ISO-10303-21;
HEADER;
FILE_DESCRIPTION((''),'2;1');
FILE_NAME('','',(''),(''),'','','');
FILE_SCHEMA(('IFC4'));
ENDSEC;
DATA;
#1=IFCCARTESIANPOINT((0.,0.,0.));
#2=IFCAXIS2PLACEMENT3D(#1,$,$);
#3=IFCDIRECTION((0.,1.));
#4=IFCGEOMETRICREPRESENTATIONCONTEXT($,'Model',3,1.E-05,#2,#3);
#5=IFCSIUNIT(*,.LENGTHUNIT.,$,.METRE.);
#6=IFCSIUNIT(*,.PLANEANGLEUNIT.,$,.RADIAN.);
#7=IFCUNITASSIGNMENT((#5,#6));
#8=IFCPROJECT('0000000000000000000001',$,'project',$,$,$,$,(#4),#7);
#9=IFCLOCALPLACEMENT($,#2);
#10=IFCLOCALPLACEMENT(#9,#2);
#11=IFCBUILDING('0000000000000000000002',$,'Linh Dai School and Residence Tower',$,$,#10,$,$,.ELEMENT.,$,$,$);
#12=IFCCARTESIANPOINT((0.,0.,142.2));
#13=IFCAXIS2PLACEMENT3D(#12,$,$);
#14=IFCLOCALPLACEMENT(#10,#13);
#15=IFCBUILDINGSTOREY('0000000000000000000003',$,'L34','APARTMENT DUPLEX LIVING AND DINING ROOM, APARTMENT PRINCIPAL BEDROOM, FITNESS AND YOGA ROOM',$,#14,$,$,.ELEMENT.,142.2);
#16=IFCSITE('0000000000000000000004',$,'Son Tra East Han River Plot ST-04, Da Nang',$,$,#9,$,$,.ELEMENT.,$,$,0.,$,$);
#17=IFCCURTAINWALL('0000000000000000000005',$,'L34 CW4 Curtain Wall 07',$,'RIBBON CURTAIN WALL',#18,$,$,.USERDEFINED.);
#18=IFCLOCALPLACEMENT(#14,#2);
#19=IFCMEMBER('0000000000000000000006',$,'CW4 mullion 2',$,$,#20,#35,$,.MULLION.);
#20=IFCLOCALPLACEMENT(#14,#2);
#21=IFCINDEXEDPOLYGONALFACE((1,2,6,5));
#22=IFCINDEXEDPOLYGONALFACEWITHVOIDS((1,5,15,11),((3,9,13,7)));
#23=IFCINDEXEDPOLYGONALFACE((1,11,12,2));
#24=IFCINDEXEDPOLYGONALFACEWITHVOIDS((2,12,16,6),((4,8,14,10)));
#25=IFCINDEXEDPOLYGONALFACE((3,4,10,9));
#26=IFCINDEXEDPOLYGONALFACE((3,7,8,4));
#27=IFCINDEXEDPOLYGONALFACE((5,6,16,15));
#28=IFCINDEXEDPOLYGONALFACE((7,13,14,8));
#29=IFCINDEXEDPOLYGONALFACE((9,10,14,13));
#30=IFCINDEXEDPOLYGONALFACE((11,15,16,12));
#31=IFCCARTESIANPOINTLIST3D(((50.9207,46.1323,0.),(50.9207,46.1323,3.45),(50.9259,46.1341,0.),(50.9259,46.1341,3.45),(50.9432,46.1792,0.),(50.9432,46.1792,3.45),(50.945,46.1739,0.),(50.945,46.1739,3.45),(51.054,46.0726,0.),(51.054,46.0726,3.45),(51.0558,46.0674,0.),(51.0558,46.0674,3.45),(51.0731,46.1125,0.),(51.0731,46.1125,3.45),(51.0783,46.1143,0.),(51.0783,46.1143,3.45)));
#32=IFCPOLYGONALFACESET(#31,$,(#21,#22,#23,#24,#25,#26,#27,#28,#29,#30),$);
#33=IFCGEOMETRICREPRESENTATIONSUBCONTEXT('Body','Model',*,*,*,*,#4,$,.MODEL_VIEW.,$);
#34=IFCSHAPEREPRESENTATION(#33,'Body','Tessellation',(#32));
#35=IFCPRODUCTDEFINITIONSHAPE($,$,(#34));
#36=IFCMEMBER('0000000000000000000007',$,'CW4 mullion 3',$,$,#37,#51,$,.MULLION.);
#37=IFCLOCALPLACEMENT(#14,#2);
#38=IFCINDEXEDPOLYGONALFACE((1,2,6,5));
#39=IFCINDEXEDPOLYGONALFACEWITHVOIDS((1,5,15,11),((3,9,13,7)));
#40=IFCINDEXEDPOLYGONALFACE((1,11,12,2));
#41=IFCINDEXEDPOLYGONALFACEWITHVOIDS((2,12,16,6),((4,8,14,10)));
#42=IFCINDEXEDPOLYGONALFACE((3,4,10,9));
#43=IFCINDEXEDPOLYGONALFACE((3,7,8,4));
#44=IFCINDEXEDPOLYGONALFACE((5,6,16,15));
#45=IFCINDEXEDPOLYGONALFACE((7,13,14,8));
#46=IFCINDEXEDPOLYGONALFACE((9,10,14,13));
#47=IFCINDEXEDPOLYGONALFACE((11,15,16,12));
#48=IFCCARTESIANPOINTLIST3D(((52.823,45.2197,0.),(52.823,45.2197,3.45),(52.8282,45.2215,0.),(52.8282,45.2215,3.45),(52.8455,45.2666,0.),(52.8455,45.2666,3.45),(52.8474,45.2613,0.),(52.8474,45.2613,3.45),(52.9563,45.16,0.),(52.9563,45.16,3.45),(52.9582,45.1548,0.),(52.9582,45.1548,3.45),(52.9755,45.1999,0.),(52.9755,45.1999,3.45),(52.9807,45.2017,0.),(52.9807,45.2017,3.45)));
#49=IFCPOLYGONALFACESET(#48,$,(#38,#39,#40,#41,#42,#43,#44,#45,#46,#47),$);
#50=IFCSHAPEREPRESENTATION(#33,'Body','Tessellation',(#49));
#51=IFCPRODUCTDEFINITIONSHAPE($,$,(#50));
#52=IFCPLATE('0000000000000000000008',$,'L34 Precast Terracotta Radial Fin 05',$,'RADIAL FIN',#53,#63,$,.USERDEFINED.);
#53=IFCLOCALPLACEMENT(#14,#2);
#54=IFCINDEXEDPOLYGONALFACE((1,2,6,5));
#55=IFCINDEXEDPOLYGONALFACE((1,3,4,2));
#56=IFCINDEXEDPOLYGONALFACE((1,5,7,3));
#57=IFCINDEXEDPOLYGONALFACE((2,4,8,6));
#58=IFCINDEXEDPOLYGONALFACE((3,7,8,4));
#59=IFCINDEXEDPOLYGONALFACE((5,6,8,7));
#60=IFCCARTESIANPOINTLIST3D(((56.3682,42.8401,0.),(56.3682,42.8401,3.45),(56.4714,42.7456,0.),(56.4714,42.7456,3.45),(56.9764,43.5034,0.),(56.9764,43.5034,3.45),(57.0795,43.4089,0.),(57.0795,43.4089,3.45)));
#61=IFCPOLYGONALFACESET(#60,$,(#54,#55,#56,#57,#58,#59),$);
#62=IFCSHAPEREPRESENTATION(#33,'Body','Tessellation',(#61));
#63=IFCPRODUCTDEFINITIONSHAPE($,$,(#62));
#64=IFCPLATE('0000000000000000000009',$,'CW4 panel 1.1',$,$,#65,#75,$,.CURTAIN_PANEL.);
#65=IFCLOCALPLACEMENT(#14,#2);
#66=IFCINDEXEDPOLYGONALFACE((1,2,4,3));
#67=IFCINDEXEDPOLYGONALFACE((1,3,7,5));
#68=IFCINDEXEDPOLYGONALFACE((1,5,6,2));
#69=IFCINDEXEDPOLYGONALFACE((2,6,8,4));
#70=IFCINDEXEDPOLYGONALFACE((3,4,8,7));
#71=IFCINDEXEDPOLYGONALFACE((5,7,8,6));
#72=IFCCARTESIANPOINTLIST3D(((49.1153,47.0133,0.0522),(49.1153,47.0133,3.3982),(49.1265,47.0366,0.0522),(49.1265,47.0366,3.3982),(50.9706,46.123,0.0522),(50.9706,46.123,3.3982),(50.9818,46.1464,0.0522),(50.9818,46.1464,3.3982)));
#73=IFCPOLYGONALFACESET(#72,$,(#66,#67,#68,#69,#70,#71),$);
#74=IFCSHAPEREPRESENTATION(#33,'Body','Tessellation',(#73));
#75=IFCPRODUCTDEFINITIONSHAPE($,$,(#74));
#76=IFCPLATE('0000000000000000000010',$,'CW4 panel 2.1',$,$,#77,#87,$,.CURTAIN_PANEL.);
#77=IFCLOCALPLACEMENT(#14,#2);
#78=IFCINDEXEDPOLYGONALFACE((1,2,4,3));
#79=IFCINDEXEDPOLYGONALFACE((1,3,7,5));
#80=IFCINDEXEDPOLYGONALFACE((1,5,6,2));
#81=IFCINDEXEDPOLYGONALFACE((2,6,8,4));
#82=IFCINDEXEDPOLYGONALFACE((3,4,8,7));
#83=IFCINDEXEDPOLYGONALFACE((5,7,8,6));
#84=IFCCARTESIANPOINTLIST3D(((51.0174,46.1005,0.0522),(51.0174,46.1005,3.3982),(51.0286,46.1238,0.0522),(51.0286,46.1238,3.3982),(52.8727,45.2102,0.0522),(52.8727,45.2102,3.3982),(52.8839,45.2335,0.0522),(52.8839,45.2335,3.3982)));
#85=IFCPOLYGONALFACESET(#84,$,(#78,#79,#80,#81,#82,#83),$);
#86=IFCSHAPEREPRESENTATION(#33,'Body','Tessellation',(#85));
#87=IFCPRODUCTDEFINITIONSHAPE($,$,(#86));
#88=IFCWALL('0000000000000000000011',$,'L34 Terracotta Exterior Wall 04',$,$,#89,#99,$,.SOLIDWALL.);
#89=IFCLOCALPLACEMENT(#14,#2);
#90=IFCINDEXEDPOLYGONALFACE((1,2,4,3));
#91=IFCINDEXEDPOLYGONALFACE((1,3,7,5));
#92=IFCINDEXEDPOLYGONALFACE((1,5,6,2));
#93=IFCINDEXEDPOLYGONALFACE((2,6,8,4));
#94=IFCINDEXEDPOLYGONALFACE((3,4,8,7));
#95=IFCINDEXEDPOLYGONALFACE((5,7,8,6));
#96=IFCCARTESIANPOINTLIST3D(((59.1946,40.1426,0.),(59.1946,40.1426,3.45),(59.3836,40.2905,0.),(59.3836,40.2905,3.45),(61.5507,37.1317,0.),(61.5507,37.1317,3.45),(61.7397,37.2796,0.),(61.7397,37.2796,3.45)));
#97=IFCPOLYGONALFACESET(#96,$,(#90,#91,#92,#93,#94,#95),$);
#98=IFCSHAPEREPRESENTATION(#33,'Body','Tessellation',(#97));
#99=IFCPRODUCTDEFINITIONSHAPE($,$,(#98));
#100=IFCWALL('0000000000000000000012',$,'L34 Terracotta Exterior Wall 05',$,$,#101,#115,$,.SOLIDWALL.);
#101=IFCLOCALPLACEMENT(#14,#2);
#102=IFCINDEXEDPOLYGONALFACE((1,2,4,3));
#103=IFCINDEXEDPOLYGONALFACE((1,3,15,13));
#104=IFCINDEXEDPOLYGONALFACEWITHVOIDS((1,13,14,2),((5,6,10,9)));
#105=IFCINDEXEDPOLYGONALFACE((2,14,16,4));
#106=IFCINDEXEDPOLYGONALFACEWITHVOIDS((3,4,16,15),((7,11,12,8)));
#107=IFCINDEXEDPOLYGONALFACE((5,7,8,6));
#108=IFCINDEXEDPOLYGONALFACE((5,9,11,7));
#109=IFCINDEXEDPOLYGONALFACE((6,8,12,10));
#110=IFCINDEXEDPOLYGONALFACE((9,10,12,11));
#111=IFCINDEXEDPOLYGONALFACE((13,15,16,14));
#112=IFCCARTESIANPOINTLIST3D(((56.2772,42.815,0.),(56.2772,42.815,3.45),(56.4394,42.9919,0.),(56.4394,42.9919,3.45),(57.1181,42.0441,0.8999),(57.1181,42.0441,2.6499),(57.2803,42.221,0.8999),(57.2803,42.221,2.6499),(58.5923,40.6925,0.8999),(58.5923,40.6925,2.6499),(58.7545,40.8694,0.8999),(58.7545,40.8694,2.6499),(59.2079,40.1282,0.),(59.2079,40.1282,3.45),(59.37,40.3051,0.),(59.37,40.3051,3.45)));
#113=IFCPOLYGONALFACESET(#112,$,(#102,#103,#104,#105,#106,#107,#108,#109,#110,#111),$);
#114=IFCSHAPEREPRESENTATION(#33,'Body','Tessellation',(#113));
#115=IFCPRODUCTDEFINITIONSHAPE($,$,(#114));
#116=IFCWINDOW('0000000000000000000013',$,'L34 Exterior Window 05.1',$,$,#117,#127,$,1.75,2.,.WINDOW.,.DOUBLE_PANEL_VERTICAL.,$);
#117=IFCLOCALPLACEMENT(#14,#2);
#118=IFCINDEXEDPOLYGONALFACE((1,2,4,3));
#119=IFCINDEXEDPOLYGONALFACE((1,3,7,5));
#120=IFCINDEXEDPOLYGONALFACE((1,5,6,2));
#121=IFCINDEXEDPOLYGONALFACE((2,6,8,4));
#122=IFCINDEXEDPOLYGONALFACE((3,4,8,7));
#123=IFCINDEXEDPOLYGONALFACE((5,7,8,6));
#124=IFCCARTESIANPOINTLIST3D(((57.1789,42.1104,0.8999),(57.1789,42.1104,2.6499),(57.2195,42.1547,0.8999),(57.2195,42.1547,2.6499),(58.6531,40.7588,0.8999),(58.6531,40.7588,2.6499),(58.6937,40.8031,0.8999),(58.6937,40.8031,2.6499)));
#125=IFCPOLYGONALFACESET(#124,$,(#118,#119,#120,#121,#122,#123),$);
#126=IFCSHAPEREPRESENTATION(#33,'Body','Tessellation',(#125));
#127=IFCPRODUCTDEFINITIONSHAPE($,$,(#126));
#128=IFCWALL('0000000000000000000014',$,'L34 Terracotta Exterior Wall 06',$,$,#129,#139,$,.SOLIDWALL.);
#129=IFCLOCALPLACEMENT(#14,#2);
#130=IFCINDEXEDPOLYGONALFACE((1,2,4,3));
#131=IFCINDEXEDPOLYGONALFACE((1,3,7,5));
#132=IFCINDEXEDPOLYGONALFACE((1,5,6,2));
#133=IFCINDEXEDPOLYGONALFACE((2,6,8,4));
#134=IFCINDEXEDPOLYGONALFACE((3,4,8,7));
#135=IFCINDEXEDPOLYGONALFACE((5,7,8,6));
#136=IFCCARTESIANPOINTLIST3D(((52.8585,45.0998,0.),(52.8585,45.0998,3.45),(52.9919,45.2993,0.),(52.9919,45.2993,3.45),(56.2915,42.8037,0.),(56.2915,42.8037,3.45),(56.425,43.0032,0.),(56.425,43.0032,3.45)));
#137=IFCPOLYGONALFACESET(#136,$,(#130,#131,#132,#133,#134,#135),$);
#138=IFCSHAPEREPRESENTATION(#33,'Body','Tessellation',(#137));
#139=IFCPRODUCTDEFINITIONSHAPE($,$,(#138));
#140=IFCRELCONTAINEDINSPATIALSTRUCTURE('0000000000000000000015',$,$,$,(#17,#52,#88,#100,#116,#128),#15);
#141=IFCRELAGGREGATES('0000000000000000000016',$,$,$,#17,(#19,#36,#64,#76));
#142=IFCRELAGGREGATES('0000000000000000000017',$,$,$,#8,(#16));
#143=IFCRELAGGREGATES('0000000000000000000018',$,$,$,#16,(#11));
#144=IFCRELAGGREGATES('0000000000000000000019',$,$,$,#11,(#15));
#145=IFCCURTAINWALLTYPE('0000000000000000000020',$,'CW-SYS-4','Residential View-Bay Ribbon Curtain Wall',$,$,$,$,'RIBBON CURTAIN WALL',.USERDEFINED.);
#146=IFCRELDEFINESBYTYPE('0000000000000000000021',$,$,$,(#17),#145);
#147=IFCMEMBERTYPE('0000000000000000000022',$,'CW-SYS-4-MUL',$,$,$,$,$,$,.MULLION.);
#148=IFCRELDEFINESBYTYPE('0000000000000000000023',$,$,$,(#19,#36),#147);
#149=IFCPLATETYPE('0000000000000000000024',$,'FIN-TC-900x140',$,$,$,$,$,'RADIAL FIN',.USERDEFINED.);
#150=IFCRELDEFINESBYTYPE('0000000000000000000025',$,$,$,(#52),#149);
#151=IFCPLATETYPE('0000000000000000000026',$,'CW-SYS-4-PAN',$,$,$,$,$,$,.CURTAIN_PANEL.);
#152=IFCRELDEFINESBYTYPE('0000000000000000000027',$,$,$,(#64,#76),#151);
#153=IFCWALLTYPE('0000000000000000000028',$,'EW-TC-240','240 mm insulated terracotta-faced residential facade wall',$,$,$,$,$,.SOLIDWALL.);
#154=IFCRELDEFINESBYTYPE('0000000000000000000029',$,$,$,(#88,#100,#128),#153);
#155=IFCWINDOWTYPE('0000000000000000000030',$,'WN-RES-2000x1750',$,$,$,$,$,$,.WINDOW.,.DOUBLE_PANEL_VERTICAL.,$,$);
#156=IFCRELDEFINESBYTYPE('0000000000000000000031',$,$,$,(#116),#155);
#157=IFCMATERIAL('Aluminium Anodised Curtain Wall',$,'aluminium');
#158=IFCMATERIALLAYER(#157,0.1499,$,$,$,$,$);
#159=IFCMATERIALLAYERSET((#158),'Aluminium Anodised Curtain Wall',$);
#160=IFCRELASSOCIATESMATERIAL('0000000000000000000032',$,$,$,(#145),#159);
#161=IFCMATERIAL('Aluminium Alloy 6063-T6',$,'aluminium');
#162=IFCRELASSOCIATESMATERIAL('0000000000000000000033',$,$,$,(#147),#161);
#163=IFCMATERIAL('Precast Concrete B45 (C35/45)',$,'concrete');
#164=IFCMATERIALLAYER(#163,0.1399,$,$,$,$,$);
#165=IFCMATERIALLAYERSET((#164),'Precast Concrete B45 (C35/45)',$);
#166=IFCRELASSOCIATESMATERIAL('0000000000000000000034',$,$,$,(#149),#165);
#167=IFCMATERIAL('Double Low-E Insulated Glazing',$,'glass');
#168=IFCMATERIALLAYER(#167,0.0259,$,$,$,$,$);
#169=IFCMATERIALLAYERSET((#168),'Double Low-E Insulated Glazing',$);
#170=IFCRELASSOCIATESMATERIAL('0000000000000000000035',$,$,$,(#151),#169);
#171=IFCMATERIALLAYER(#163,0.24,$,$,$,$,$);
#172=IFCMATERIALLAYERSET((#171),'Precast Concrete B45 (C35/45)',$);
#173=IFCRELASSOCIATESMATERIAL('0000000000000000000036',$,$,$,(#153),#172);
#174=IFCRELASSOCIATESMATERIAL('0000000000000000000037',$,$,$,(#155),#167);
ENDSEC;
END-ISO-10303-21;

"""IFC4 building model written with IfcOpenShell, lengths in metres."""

from ifc_helpers import new_model, si_unit, direction, frame, frame_2d, origin, origin_2d, place, context, subcontext, project, spatial, rectangle, hollow_rectangle, extrude, source, transform, mapped, material, layer, layer_set, material_profile, profile_set, type_object, element, fill, aggregate, save


model = new_model("IFC4")

# Units and contexts
model_context = context("Model", 3, precision=1e-05, world=origin(), true_north=direction((0.0, 1.0)))
body_context = subcontext(model_context, "Body", "Model", "MODEL_VIEW")
ifc_project = project(units=[si_unit("LENGTHUNIT", "METRE"), si_unit("PLANEANGLEUNIT", "RADIAN")], contexts=[model_context])

# Site, building, storey
site_placement = place(None, origin())
site = spatial("IfcSite", under=ifc_project, at=site_placement, Name="Son Tra East Han River Plot ST-04, Da Nang", CompositionType="ELEMENT", RefElevation=0.0)
building_placement = place(site_placement, origin())
building = spatial("IfcBuilding", under=site, at=building_placement, Name="Linh Dai School and Residence Tower", CompositionType="ELEMENT")
storey_placement = place(building_placement, frame((0.0, 0.0, 142.2)))
storey = spatial("IfcBuildingStorey", under=building, at=storey_placement, Name="L34", Description="APARTMENT DUPLEX LIVING AND DINING ROOM, APARTMENT PRINCIPAL BEDROOM, FITNESS AND YOGA ROOM", CompositionType="ELEMENT", Elevation=142.2)

# Curtain wall, members
ifc_material_1 = material(Name="Aluminium Anodised Curtain Wall", Category="aluminium")
ifc_layer_1 = layer(ifc_material_1, 0.1499)
ifc_layer_set_1 = layer_set([ifc_layer_1], Name="Aluminium Anodised Curtain Wall")
curtain_wall_type = type_object("IfcCurtainWallType", Name="CW-SYS-4", Description="Residential View-Bay Ribbon Curtain Wall", ElementType="RIBBON CURTAIN WALL", PredefinedType="USERDEFINED", material=ifc_layer_set_1)
curtain_wall_placement = place(storey_placement, origin())
curtain_wall = element("IfcCurtainWall", 1, at=curtain_wall_placement, inside=storey, type_object=curtain_wall_type, Name="L34 CW4 Curtain Wall 07", ObjectType="RIBBON CURTAIN WALL", PredefinedType="USERDEFINED")
ifc_material_2 = material(Name="Aluminium Alloy 6063-T6", Category="aluminium")
ifc_material_profile_1 = material_profile(ifc_material_2, hollow_rectangle(XDim=0.052, YDim=0.1499, WallThickness=0.0039, at=origin_2d()), Name="RHS 150x52x4")
ifc_profile_set_1 = profile_set([ifc_material_profile_1], Name="Aluminium Alloy 6063-T6")
member_type_1 = type_object("IfcMemberType", Name="CW-SYS-4-MUL", PredefinedType="MULLION", material=ifc_profile_set_1)
shared_shape_1 = source(origin(), body_context, "Body", "SweptSolid", [
    extrude(hollow_rectangle(XDim=0.052, YDim=0.1499, WallThickness=0.0039, at=origin_2d()), origin(), (0.0, 0.0, 1.0), 3.45),
])
member_1_placement = place(storey_placement, frame((50.9995, 46.1233, 0.0), z_axis=(0.0, 0.0, 1.0), x_axis=(0.432618, 0.901578, 0.0)))
member_1 = element("IfcMember", 2, at=member_1_placement, type_object=member_type_1, Name="CW4 mullion 2", PredefinedType="MULLION", context=body_context, shape_type="MappedRepresentation", body=[
    mapped(shared_shape_1, transform((0.0, 0.0, 0.0), x_axis=(1.0, 0.0, 0.0), y_axis=(0.0, 1.0, 0.0), z_axis=(0.0, 0.0, 1.0), scale=1.0)),
])
member_2_placement = place(storey_placement, frame((52.9019, 45.2107, 0.0), z_axis=(0.0, 0.0, 1.0), x_axis=(0.432618, 0.901578, 0.0)))
member_2 = element("IfcMember", 3, at=member_2_placement, type_object=member_type_1, Name="CW4 mullion 3", PredefinedType="MULLION", context=body_context, shape_type="MappedRepresentation", body=[
    mapped(shared_shape_1, transform((0.0, 0.0, 0.0), x_axis=(1.0, 0.0, 0.0), y_axis=(0.0, 1.0, 0.0), z_axis=(0.0, 0.0, 1.0), scale=1.0)),
])

# Plates
ifc_material_3 = material(Name="Precast Concrete B45 (C35/45)", Category="concrete")
ifc_layer_2 = layer(ifc_material_3, 0.1399)
ifc_layer_set_2 = layer_set([ifc_layer_2], Name="Precast Concrete B45 (C35/45)")
plate_type_1 = type_object("IfcPlateType", Name="FIN-TC-900x140", ElementType="RADIAL FIN", PredefinedType="USERDEFINED", material=ifc_layer_set_2)
shared_shape_2 = source(origin(), body_context, "Body", "SweptSolid", [
    extrude(rectangle(XDim=0.8999, YDim=0.1399, at=origin_2d()), origin(), (0.0, 0.0, 1.0), 3.45),
])
plate_1_placement = place(storey_placement, frame((56.7239, 43.1245, 0.0), z_axis=(0.0, 0.0, 1.0), x_axis=(0.675783, 0.7371, 0.0)))
element("IfcPlate", 4, at=plate_1_placement, inside=storey, type_object=plate_type_1, Name="L34 Precast Terracotta Radial Fin 05", ObjectType="RADIAL FIN", PredefinedType="USERDEFINED", context=body_context, shape_type="MappedRepresentation", body=[
    mapped(shared_shape_2, transform((0.0, 0.0, 0.0), x_axis=(1.0, 0.0, 0.0), y_axis=(0.0, 1.0, 0.0), z_axis=(0.0, 0.0, 1.0), scale=1.0)),
])
ifc_material_4 = material(Name="Double Low-E Insulated Glazing", Category="glass")
ifc_layer_3 = layer(ifc_material_4, 0.0259)
ifc_layer_set_3 = layer_set([ifc_layer_3], Name="Double Low-E Insulated Glazing")
plate_type_2 = type_object("IfcPlateType", Name="CW-SYS-4-PAN", PredefinedType="CURTAIN_PANEL", material=ifc_layer_set_3)
shared_shape_3 = source(origin(), body_context, "Body", "SweptSolid", [
    extrude(rectangle(XDim=2.0579, YDim=0.0259, at=origin_2d()), origin(), (0.0, 0.0, 1.0), 3.3459),
])
plate_2_placement = place(storey_placement, frame((50.0486, 46.5798, 0.0522), z_axis=(0.0, 0.0, 1.0), x_axis=(0.901578, -0.432618, 0.0)))
plate_2 = element("IfcPlate", 5, at=plate_2_placement, type_object=plate_type_2, Name="CW4 panel 1.1", PredefinedType="CURTAIN_PANEL", context=body_context, shape_type="MappedRepresentation", body=[
    mapped(shared_shape_3, transform((0.0, 0.0, 0.0), x_axis=(1.0, 0.0, 0.0), y_axis=(0.0, 1.0, 0.0), z_axis=(0.0, 0.0, 1.0), scale=1.0)),
])
plate_3_placement = place(storey_placement, frame((51.9507, 45.667, 0.0522), z_axis=(0.0, 0.0, 1.0), x_axis=(0.901578, -0.432618, 0.0)))
plate_3 = element("IfcPlate", 6, at=plate_3_placement, type_object=plate_type_2, Name="CW4 panel 2.1", PredefinedType="CURTAIN_PANEL", context=body_context, shape_type="MappedRepresentation", body=[
    mapped(shared_shape_3, transform((0.0, 0.0, 0.0), x_axis=(1.0, 0.0, 0.0), y_axis=(0.0, 1.0, 0.0), z_axis=(0.0, 0.0, 1.0), scale=1.0)),
])
aggregate(curtain_wall, [member_1, member_2, plate_2, plate_3])

# Wall
ifc_layer_4 = layer(ifc_material_3, 0.24)
ifc_layer_set_4 = layer_set([ifc_layer_4], Name="Precast Concrete B45 (C35/45)")
wall_type_1 = type_object("IfcWallType", Name="EW-TC-240", Description="240 mm insulated terracotta-faced residential facade wall", PredefinedType="SOLIDWALL", material=ifc_layer_set_4)
wall_1_placement = place(storey_placement, frame((59.2891, 40.2166, 0.0), z_axis=(0.0, 0.0, 1.0), x_axis=(0.616272, -0.787533, 0.0)))
element("IfcWall", 7, at=wall_1_placement, inside=storey, type_object=wall_type_1, Name="L34 Terracotta Exterior Wall 04", PredefinedType="SOLIDWALL", context=body_context, shape_type="SweptSolid", body=[
    extrude(rectangle(XDim=3.8232, YDim=0.24, at=frame_2d((1.9116, 0.0))), origin(), (0.0, 0.0, 1.0), 3.45),
])

# Wall, opening, window
wall_2_placement = place(storey_placement, frame((56.3584, 42.9033, 0.0), z_axis=(0.0, 0.0, 1.0), x_axis=(0.737113, -0.675769, 0.0)))
wall_2 = element("IfcWall", 8, at=wall_2_placement, inside=storey, type_object=wall_type_1, Name="L34 Terracotta Exterior Wall 05", PredefinedType="SOLIDWALL", context=body_context, shape_type="SweptSolid", body=[
    extrude(rectangle(XDim=3.9758, YDim=0.24, at=frame_2d((1.9878, 0.0))), origin(), (0.0, 0.0, 1.0), 3.45),
])
opening_1_placement = place(wall_2_placement, frame((1.1406, 0.0, 0.8999)))
opening_1 = element("IfcOpeningElement", 9, at=opening_1_placement, cuts=wall_2, PredefinedType="OPENING", context=body_context, shape_type="SweptSolid", body=[
    extrude(rectangle(XDim=2.0, YDim=1.75, at=origin_2d()), frame((1.0, 0.1299, 0.875), z_axis=(0.0, -1.0, 0.0), x_axis=(1.0, 0.0, 0.0)), (0.0, 0.0, 1.0), 0.26),
])
window_type = type_object("IfcWindowType", Name="WN-RES-2000x1750", PartitioningType="DOUBLE_PANEL_VERTICAL", PredefinedType="WINDOW", material=ifc_material_4)
shared_shape_4 = source(origin(), body_context, "Body", "SweptSolid", [
    extrude(rectangle(XDim=2.0, YDim=1.75, at=origin_2d()), frame((1.0, 0.03, 0.875), z_axis=(0.0, -1.0, 0.0), x_axis=(1.0, 0.0, 0.0)), (0.0, 0.0, 1.0), 0.0601),
])
window_placement = place(opening_1_placement, origin())
window = element("IfcWindow", 10, at=window_placement, inside=storey, type_object=window_type, Name="L34 Exterior Window 05.1", OverallHeight=1.75, OverallWidth=2.0, PartitioningType="DOUBLE_PANEL_VERTICAL", PredefinedType="WINDOW", context=body_context, shape_type="MappedRepresentation", body=[
    mapped(shared_shape_4, transform((0.0, 0.0, 0.0), x_axis=(1.0, 0.0, 0.0), y_axis=(0.0, 1.0, 0.0), z_axis=(0.0, 0.0, 1.0), scale=1.0)),
])
fill(opening_1, window)

# Wall
wall_3_placement = place(storey_placement, frame((52.9253, 45.1995, 0.0), z_axis=(0.0, 0.0, 1.0), x_axis=(0.831222, -0.555941, 0.0)))
element("IfcWall", 11, at=wall_3_placement, inside=storey, type_object=wall_type_1, Name="L34 Terracotta Exterior Wall 06", PredefinedType="SOLIDWALL", context=body_context, shape_type="SweptSolid", body=[
    extrude(rectangle(XDim=4.1301, YDim=0.24, at=frame_2d((2.0649, 0.0))), origin(), (0.0, 0.0, 1.0), 3.45),
])

save(model, "model.ifc")
